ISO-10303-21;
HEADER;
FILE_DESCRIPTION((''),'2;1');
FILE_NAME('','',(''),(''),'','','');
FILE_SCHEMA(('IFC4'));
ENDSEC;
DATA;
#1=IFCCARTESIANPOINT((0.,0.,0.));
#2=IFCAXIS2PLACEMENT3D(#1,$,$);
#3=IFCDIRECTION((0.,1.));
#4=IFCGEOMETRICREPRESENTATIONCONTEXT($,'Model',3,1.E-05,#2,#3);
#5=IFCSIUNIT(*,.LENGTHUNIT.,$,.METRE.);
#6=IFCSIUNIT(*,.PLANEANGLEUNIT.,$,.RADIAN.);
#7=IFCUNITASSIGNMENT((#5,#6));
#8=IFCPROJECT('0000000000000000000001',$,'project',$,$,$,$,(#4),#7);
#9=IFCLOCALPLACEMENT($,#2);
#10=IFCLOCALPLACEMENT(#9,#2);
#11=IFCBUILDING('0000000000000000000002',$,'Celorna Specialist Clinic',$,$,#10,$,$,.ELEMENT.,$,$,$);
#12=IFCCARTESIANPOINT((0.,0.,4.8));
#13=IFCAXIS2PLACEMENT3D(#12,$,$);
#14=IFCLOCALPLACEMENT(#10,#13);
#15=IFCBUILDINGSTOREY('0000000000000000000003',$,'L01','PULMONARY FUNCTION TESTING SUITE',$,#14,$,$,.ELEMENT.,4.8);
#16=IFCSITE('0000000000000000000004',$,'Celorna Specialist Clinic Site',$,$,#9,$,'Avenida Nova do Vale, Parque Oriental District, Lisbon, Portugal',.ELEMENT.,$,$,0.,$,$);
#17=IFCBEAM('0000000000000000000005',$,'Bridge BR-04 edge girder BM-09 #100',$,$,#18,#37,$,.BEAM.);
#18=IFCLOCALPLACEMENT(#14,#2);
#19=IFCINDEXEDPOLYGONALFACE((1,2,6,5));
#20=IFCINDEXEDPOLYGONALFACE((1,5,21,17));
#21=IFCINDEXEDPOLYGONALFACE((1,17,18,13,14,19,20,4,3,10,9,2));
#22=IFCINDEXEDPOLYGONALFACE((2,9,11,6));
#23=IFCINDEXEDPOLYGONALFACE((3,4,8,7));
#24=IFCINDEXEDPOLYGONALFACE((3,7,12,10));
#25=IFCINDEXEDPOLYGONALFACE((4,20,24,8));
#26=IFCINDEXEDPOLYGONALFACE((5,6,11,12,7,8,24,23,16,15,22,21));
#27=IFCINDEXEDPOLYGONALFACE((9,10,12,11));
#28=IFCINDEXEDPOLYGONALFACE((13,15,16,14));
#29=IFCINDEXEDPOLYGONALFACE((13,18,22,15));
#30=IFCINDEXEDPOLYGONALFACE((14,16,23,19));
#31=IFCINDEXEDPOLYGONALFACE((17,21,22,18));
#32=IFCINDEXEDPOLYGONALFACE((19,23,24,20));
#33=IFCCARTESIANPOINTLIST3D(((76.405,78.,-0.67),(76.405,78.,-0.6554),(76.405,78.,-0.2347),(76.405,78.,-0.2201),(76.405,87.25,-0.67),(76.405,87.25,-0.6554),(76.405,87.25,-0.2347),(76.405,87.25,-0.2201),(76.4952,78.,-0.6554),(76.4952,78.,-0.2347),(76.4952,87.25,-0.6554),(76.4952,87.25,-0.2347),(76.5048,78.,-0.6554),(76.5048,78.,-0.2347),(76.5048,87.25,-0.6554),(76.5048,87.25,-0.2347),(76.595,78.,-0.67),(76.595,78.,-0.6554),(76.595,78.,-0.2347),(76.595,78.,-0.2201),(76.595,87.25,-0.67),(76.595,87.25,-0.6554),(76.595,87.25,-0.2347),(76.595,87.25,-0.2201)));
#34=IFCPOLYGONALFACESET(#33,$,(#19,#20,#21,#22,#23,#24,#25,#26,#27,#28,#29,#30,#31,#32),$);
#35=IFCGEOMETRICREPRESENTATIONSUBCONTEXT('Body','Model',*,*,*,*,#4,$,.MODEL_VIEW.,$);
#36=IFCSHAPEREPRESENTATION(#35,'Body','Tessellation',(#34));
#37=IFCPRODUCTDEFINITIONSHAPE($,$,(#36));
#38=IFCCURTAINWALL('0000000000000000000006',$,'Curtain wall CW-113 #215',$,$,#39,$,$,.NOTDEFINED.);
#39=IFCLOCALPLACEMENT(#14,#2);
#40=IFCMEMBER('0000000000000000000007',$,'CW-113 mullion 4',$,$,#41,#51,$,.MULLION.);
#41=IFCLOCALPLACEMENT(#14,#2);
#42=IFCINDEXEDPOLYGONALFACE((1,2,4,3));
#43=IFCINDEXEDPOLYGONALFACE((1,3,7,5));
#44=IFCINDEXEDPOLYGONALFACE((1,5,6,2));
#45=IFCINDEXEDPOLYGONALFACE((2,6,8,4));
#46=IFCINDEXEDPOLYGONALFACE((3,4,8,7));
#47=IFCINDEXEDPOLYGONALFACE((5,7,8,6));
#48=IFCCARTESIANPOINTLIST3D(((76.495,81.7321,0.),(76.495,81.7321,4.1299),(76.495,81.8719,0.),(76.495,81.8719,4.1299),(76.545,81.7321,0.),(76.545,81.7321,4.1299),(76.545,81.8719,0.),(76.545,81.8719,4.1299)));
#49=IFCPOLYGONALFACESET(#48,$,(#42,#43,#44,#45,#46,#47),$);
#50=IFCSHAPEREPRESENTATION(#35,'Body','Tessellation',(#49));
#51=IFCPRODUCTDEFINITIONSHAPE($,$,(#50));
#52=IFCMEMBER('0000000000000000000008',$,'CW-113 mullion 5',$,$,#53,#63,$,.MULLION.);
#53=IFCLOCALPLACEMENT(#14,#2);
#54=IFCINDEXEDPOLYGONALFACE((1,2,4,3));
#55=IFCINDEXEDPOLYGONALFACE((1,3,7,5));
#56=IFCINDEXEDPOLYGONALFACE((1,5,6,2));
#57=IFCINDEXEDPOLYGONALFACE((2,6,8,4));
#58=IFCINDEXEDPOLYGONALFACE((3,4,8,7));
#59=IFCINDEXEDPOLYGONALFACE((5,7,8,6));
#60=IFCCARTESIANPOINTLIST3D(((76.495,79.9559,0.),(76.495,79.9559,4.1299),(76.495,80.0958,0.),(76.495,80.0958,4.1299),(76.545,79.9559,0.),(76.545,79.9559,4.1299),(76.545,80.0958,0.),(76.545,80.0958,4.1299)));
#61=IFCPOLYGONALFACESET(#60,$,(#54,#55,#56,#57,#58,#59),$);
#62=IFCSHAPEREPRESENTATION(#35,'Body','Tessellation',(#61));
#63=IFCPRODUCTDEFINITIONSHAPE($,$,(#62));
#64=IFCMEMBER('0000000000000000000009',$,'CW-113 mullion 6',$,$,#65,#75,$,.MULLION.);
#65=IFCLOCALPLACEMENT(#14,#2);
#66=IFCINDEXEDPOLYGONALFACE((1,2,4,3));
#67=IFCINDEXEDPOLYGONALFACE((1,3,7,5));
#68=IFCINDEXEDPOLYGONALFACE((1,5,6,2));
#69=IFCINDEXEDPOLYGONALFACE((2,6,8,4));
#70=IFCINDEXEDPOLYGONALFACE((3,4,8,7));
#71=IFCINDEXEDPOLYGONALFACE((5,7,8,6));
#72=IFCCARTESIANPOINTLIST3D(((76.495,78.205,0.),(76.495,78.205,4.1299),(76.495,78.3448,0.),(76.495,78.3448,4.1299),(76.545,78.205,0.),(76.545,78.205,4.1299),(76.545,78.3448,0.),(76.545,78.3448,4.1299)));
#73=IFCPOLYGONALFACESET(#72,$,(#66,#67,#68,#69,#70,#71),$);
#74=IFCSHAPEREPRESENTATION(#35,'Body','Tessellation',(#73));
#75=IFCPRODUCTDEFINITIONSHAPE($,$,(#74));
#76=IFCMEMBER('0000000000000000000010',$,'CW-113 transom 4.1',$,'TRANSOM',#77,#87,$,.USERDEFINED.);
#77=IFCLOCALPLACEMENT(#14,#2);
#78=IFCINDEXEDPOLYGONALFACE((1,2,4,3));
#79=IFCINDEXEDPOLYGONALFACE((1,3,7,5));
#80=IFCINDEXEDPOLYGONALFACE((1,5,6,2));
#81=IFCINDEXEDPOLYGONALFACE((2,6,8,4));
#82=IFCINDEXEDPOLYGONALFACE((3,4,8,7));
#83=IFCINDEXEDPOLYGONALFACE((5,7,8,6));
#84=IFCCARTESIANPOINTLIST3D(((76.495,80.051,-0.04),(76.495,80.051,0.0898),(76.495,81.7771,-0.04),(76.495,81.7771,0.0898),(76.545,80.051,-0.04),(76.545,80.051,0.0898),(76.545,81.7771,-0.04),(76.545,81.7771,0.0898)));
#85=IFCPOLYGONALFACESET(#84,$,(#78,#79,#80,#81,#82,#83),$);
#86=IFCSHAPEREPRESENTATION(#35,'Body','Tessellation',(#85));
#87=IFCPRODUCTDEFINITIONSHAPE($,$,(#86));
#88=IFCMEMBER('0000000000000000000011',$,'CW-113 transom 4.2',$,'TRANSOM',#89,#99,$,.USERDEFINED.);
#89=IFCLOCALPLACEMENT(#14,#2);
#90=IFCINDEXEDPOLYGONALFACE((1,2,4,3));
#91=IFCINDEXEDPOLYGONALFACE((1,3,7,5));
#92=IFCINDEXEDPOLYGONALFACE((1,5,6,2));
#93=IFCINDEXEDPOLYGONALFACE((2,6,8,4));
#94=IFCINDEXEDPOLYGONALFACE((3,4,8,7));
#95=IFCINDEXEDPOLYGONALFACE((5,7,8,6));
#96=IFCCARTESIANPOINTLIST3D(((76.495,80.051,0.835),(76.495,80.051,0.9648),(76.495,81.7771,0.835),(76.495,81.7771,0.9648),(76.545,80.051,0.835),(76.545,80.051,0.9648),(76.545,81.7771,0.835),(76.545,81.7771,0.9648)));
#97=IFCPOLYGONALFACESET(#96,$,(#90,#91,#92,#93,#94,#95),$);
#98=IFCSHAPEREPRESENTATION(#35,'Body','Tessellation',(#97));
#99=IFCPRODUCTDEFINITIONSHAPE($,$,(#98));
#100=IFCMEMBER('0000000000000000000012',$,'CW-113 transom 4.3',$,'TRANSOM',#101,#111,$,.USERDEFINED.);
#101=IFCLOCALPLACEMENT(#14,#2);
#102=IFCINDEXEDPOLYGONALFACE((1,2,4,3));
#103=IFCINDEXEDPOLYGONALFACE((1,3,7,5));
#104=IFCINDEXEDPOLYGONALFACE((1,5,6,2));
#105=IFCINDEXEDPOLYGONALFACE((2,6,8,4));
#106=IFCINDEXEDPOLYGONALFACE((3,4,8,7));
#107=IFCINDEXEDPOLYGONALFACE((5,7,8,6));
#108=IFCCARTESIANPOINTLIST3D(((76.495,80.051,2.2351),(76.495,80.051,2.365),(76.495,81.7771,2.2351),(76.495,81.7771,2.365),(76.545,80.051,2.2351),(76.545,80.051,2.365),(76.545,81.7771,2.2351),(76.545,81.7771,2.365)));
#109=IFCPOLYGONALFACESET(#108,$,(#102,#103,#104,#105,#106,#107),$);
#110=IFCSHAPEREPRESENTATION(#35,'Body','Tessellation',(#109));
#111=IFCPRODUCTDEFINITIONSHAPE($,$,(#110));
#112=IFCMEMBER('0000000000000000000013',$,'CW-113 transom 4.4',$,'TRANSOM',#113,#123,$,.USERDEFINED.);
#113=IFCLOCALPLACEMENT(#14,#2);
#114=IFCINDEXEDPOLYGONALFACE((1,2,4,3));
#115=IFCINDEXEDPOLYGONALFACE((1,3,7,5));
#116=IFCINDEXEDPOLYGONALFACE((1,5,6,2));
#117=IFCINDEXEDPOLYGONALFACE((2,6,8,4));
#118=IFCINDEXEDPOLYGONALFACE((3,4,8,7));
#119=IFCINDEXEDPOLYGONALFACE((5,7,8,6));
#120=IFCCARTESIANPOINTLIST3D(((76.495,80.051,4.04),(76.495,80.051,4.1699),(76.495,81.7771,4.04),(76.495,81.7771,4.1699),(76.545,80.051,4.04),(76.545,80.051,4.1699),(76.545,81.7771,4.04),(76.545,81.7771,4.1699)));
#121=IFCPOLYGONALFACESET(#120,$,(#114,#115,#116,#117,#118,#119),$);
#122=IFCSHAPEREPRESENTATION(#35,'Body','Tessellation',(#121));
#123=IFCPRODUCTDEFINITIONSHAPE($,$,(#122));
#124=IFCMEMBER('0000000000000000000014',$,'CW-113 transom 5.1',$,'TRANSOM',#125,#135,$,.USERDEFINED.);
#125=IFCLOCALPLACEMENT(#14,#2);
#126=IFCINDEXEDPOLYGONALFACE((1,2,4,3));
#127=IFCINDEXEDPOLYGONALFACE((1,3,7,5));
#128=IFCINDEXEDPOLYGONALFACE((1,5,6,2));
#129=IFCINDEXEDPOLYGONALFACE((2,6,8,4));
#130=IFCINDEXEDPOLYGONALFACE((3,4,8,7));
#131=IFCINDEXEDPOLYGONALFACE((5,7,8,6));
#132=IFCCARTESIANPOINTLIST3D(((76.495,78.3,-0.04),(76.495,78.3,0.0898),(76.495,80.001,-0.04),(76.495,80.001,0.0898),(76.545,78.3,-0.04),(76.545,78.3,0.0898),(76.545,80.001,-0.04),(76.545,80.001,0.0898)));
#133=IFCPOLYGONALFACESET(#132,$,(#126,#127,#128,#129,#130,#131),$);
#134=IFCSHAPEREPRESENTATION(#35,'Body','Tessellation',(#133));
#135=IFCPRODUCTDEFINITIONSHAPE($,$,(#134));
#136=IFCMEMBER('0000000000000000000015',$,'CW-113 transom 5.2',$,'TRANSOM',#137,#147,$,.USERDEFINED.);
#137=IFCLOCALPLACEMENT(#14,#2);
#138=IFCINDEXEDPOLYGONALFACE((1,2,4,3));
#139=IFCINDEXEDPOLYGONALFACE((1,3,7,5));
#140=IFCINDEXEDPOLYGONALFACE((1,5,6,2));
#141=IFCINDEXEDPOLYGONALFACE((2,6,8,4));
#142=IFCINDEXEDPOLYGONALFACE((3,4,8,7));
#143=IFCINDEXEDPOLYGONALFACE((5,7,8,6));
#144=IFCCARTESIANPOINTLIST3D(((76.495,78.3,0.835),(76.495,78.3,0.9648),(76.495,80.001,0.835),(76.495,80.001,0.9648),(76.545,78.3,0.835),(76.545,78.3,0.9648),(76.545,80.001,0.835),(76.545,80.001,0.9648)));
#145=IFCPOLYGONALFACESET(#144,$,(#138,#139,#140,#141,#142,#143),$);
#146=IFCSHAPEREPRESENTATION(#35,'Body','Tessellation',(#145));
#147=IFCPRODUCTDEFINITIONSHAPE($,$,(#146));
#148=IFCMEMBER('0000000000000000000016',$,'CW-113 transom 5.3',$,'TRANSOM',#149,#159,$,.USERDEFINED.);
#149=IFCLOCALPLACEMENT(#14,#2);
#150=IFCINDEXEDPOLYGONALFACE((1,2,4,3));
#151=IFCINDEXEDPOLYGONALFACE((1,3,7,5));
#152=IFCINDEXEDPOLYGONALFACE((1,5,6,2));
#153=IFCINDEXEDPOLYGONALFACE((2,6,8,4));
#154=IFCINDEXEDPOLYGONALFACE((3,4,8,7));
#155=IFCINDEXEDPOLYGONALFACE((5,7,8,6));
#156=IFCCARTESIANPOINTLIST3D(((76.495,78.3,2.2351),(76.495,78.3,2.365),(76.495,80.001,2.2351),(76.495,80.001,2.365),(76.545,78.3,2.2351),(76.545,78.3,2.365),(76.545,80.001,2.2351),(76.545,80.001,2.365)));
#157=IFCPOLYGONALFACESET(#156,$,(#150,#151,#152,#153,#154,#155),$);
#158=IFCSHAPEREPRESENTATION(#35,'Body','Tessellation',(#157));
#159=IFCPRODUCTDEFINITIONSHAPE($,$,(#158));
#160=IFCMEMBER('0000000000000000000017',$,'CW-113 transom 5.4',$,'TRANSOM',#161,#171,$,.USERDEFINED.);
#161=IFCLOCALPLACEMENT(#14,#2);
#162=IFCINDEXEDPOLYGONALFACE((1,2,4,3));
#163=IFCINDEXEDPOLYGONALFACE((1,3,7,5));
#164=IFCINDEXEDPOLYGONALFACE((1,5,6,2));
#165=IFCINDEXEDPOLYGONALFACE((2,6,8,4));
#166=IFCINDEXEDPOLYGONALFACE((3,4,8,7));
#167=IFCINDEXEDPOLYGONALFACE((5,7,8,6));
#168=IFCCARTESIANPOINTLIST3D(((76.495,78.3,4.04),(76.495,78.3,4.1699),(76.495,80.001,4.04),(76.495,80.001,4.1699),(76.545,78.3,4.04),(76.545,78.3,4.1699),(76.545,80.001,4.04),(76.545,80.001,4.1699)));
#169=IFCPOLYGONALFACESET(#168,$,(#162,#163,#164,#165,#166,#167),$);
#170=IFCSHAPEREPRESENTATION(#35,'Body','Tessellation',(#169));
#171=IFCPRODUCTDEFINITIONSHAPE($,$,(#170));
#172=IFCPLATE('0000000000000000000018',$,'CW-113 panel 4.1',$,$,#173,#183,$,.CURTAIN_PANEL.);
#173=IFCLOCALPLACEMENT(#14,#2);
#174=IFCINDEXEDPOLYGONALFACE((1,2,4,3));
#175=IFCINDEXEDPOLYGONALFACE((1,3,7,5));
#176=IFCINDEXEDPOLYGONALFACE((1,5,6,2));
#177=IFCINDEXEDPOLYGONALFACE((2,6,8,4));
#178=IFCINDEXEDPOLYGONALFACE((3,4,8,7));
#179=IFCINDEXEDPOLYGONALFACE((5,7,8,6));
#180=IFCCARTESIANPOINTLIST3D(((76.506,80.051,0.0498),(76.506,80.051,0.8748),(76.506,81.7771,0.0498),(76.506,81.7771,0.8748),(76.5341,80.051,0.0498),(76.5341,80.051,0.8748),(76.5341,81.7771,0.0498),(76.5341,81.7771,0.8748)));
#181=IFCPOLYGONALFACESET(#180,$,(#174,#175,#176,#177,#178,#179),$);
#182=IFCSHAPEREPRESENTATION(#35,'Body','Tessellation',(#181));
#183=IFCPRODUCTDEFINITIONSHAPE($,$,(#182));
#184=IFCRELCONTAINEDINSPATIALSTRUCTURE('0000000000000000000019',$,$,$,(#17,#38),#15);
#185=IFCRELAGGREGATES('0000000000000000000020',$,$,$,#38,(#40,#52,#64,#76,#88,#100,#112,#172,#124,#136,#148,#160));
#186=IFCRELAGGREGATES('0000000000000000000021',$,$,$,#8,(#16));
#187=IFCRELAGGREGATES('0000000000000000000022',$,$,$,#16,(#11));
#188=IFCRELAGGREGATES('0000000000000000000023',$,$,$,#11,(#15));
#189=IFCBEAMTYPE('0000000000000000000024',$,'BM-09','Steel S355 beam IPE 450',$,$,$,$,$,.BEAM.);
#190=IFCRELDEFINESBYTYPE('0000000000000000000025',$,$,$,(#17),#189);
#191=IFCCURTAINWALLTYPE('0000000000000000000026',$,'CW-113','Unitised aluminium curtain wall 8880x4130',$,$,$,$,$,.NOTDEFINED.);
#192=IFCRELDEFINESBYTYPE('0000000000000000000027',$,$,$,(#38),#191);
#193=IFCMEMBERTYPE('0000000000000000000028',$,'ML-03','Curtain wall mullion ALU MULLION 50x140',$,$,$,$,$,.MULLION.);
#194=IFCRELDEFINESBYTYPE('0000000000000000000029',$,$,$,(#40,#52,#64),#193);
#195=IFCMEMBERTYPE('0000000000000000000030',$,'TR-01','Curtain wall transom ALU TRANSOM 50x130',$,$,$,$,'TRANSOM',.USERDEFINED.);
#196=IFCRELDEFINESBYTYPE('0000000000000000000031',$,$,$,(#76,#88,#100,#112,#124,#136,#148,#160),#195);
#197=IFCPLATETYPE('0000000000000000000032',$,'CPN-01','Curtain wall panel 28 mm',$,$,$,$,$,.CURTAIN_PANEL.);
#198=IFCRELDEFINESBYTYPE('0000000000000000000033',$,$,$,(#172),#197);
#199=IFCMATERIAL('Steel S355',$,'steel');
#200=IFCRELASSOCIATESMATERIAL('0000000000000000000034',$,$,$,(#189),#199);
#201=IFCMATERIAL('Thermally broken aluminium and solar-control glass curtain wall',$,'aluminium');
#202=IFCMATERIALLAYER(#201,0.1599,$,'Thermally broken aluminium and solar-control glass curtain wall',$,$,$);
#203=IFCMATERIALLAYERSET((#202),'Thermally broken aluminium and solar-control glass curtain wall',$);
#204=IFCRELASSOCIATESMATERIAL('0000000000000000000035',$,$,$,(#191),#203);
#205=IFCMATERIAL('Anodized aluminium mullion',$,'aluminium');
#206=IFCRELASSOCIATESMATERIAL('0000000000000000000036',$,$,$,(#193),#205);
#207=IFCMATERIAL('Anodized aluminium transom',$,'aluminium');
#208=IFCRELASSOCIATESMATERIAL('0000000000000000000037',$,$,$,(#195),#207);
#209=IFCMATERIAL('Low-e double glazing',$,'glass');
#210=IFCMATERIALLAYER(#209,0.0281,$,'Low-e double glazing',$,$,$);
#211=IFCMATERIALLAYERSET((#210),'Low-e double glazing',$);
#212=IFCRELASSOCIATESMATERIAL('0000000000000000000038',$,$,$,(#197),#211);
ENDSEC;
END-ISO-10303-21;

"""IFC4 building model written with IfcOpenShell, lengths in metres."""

from ifc_helpers import new_model, si_unit, direction, frame, origin, origin_2d, place, context, subcontext, project, spatial, rectangle, i_section, extrude, material, layer, layer_set, material_profile, profile_set, type_object, element, aggregate, save


model = new_model("IFC4")

# Units and contexts
model_context = context("Model", 3, precision=1e-05, world=origin(), true_north=direction((0.0, 1.0)))
body_context = subcontext(model_context, "Body", "Model", "MODEL_VIEW")
ifc_project = project(units=[si_unit("LENGTHUNIT", "METRE"), si_unit("PLANEANGLEUNIT", "RADIAN")], contexts=[model_context])

# Site, building, storey
site_placement = place(None, origin())
site = spatial("IfcSite", under=ifc_project, at=site_placement, Name="Celorna Specialist Clinic Site", LongName="Avenida Nova do Vale, Parque Oriental District, Lisbon, Portugal", CompositionType="ELEMENT", RefElevation=0.0)
building_placement = place(site_placement, origin())
building = spatial("IfcBuilding", under=site, at=building_placement, Name="Celorna Specialist Clinic", CompositionType="ELEMENT")
storey_placement = place(building_placement, frame((0.0, 0.0, 4.8)))
storey = spatial("IfcBuildingStorey", under=building, at=storey_placement, Name="L01", Description="PULMONARY FUNCTION TESTING SUITE", CompositionType="ELEMENT", Elevation=4.8)

# Beam
ifc_material_1 = material(Name="Steel S355", Category="steel")
ifc_material_profile_1 = material_profile(ifc_material_1, i_section(OverallWidth=0.1899, OverallDepth=0.45, WebThickness=0.0095, FlangeThickness=0.0146, at=origin_2d()), Name="IPE 450")
ifc_profile_set_1 = profile_set([ifc_material_profile_1], Name="Steel S355")
beam_type = type_object("IfcBeamType", Name="BM-09", Description="Steel S355 beam IPE 450", PredefinedType="BEAM", material=ifc_profile_set_1)
beam_placement = place(storey_placement, frame((76.5, 78.0, -0.4451), z_axis=(0.0, 1.0, 0.0), x_axis=(-1.0, 0.0, 0.0)))
element("IfcBeam", 1, at=beam_placement, inside=storey, type_object=beam_type, Name="Bridge BR-04 edge girder BM-09 #100", PredefinedType="BEAM", context=body_context, shape_type="SweptSolid", body=[
    extrude(i_section(OverallWidth=0.1899, OverallDepth=0.45, WebThickness=0.0095, FlangeThickness=0.0146, at=origin_2d()), origin(), (0.0, 0.0, 1.0), 9.25),
])

# Curtain wall, members, plate
ifc_material_2 = material(Name="Thermally broken aluminium and solar-control glass curtain wall", Category="aluminium")
ifc_layer_1 = layer(ifc_material_2, 0.1599, Name="Thermally broken aluminium and solar-control glass curtain wall")
ifc_layer_set_1 = layer_set([ifc_layer_1], Name="Thermally broken aluminium and solar-control glass curtain wall")
curtain_wall_type = type_object("IfcCurtainWallType", Name="CW-113", Description="Unitised aluminium curtain wall 8880x4130", PredefinedType="NOTDEFINED", material=ifc_layer_set_1)
curtain_wall_placement = place(storey_placement, origin())
curtain_wall = element("IfcCurtainWall", 2, at=curtain_wall_placement, inside=storey, type_object=curtain_wall_type, Name="Curtain wall CW-113 #215", PredefinedType="NOTDEFINED")
ifc_material_3 = material(Name="Anodized aluminium mullion", Category="aluminium")
ifc_material_profile_2 = material_profile(ifc_material_3, rectangle(XDim=0.05, YDim=0.1399, at=origin_2d()), Name="ALU MULLION 50x140")
ifc_profile_set_2 = profile_set([ifc_material_profile_2], Name="Anodized aluminium mullion")
member_type_1 = type_object("IfcMemberType", Name="ML-03", Description="Curtain wall mullion ALU MULLION 50x140", PredefinedType="MULLION", material=ifc_profile_set_2)
member_1_placement = place(storey_placement, frame((76.52, 81.802, 0.0), z_axis=(0.0, 0.0, 1.0), x_axis=(1.0, 0.0, 0.0)))
member_1 = element("IfcMember", 3, at=member_1_placement, type_object=member_type_1, Name="CW-113 mullion 4", PredefinedType="MULLION", context=body_context, shape_type="SweptSolid", body=[
    extrude(rectangle(XDim=0.05, YDim=0.1399, at=origin_2d()), origin(), (0.0, 0.0, 1.0), 4.1299),
])
member_2_placement = place(storey_placement, frame((76.52, 80.0259, 0.0), z_axis=(0.0, 0.0, 1.0), x_axis=(1.0, 0.0, 0.0)))
member_2 = element("IfcMember", 4, at=member_2_placement, type_object=member_type_1, Name="CW-113 mullion 5", PredefinedType="MULLION", context=body_context, shape_type="SweptSolid", body=[
    extrude(rectangle(XDim=0.05, YDim=0.1399, at=origin_2d()), origin(), (0.0, 0.0, 1.0), 4.1299),
])
member_3_placement = place(storey_placement, frame((76.52, 78.2749, 0.0), z_axis=(0.0, 0.0, 1.0), x_axis=(1.0, 0.0, 0.0)))
member_3 = element("IfcMember", 5, at=member_3_placement, type_object=member_type_1, Name="CW-113 mullion 6", PredefinedType="MULLION", context=body_context, shape_type="SweptSolid", body=[
    extrude(rectangle(XDim=0.05, YDim=0.1399, at=origin_2d()), origin(), (0.0, 0.0, 1.0), 4.1299),
])
ifc_material_4 = material(Name="Anodized aluminium transom", Category="aluminium")
ifc_material_profile_3 = material_profile(ifc_material_4, rectangle(XDim=0.05, YDim=0.1299, at=origin_2d()), Name="ALU TRANSOM 50x130")
ifc_profile_set_3 = profile_set([ifc_material_profile_3], Name="Anodized aluminium transom")
member_type_2 = type_object("IfcMemberType", Name="TR-01", Description="Curtain wall transom ALU TRANSOM 50x130", ElementType="TRANSOM", PredefinedType="USERDEFINED", material=ifc_profile_set_3)
member_4_placement = place(storey_placement, frame((76.52, 81.7771, 0.0249), z_axis=(0.0, -1.0, 0.0), x_axis=(1.0, 0.0, 0.0)))
member_4 = element("IfcMember", 6, at=member_4_placement, type_object=member_type_2, Name="CW-113 transom 4.1", ObjectType="TRANSOM", PredefinedType="USERDEFINED", context=body_context, shape_type="SweptSolid", body=[
    extrude(rectangle(XDim=0.05, YDim=0.1299, at=origin_2d()), origin(), (0.0, 0.0, 1.0), 1.7261),
])
member_5_placement = place(storey_placement, frame((76.52, 81.7771, 0.8999), z_axis=(0.0, -1.0, 0.0), x_axis=(1.0, 0.0, 0.0)))
member_5 = element("IfcMember", 7, at=member_5_placement, type_object=member_type_2, Name="CW-113 transom 4.2", ObjectType="TRANSOM", PredefinedType="USERDEFINED", context=body_context, shape_type="SweptSolid", body=[
    extrude(rectangle(XDim=0.05, YDim=0.1299, at=origin_2d()), origin(), (0.0, 0.0, 1.0), 1.7261),
])
member_6_placement = place(storey_placement, frame((76.52, 81.7771, 2.3), z_axis=(0.0, -1.0, 0.0), x_axis=(1.0, 0.0, 0.0)))
member_6 = element("IfcMember", 8, at=member_6_placement, type_object=member_type_2, Name="CW-113 transom 4.3", ObjectType="TRANSOM", PredefinedType="USERDEFINED", context=body_context, shape_type="SweptSolid", body=[
    extrude(rectangle(XDim=0.05, YDim=0.1299, at=origin_2d()), origin(), (0.0, 0.0, 1.0), 1.7261),
])
member_7_placement = place(storey_placement, frame((76.52, 81.7771, 4.105), z_axis=(0.0, -1.0, 0.0), x_axis=(1.0, 0.0, 0.0)))
member_7 = element("IfcMember", 9, at=member_7_placement, type_object=member_type_2, Name="CW-113 transom 4.4", ObjectType="TRANSOM", PredefinedType="USERDEFINED", context=body_context, shape_type="SweptSolid", body=[
    extrude(rectangle(XDim=0.05, YDim=0.1299, at=origin_2d()), origin(), (0.0, 0.0, 1.0), 1.7261),
])
member_8_placement = place(storey_placement, frame((76.52, 80.001, 0.0249), z_axis=(0.0, -1.0, 0.0), x_axis=(1.0, 0.0, 0.0)))
member_8 = element("IfcMember", 10, at=member_8_placement, type_object=member_type_2, Name="CW-113 transom 5.1", ObjectType="TRANSOM", PredefinedType="USERDEFINED", context=body_context, shape_type="SweptSolid", body=[
    extrude(rectangle(XDim=0.05, YDim=0.1299, at=origin_2d()), origin(), (0.0, 0.0, 1.0), 1.7009),
])
member_9_placement = place(storey_placement, frame((76.52, 80.001, 0.8999), z_axis=(0.0, -1.0, 0.0), x_axis=(1.0, 0.0, 0.0)))
member_9 = element("IfcMember", 11, at=member_9_placement, type_object=member_type_2, Name="CW-113 transom 5.2", ObjectType="TRANSOM", PredefinedType="USERDEFINED", context=body_context, shape_type="SweptSolid", body=[
    extrude(rectangle(XDim=0.05, YDim=0.1299, at=origin_2d()), origin(), (0.0, 0.0, 1.0), 1.7009),
])
member_10_placement = place(storey_placement, frame((76.52, 80.001, 2.3), z_axis=(0.0, -1.0, 0.0), x_axis=(1.0, 0.0, 0.0)))
member_10 = element("IfcMember", 12, at=member_10_placement, type_object=member_type_2, Name="CW-113 transom 5.3", ObjectType="TRANSOM", PredefinedType="USERDEFINED", context=body_context, shape_type="SweptSolid", body=[
    extrude(rectangle(XDim=0.05, YDim=0.1299, at=origin_2d()), origin(), (0.0, 0.0, 1.0), 1.7009),
])
member_11_placement = place(storey_placement, frame((76.52, 80.001, 4.105), z_axis=(0.0, -1.0, 0.0), x_axis=(1.0, 0.0, 0.0)))
member_11 = element("IfcMember", 13, at=member_11_placement, type_object=member_type_2, Name="CW-113 transom 5.4", ObjectType="TRANSOM", PredefinedType="USERDEFINED", context=body_context, shape_type="SweptSolid", body=[
    extrude(rectangle(XDim=0.05, YDim=0.1299, at=origin_2d()), origin(), (0.0, 0.0, 1.0), 1.7009),
])
ifc_material_5 = material(Name="Low-e double glazing", Category="glass")
ifc_layer_2 = layer(ifc_material_5, 0.0281, Name="Low-e double glazing")
ifc_layer_set_2 = layer_set([ifc_layer_2], Name="Low-e double glazing")
plate_type = type_object("IfcPlateType", Name="CPN-01", Description="Curtain wall panel 28 mm", PredefinedType="CURTAIN_PANEL", material=ifc_layer_set_2)
plate_1_placement = place(storey_placement, frame((76.52, 80.9141, 0.0498), z_axis=(0.0, 0.0, 1.0), x_axis=(0.0, -1.0, 0.0)))
plate_1 = element("IfcPlate", 14, at=plate_1_placement, type_object=plate_type, Name="CW-113 panel 4.1", PredefinedType="CURTAIN_PANEL", context=body_context, shape_type="SweptSolid", body=[
    extrude(rectangle(XDim=1.7261, YDim=0.0281, at=origin_2d()), origin(), (0.0, 0.0, 1.0), 0.825),
])
aggregate(curtain_wall, [member_1, member_2, member_3, member_4, member_5, member_6, member_7, plate_1, member_8, member_9, member_10, member_11])

save(model, "model.ifc")
